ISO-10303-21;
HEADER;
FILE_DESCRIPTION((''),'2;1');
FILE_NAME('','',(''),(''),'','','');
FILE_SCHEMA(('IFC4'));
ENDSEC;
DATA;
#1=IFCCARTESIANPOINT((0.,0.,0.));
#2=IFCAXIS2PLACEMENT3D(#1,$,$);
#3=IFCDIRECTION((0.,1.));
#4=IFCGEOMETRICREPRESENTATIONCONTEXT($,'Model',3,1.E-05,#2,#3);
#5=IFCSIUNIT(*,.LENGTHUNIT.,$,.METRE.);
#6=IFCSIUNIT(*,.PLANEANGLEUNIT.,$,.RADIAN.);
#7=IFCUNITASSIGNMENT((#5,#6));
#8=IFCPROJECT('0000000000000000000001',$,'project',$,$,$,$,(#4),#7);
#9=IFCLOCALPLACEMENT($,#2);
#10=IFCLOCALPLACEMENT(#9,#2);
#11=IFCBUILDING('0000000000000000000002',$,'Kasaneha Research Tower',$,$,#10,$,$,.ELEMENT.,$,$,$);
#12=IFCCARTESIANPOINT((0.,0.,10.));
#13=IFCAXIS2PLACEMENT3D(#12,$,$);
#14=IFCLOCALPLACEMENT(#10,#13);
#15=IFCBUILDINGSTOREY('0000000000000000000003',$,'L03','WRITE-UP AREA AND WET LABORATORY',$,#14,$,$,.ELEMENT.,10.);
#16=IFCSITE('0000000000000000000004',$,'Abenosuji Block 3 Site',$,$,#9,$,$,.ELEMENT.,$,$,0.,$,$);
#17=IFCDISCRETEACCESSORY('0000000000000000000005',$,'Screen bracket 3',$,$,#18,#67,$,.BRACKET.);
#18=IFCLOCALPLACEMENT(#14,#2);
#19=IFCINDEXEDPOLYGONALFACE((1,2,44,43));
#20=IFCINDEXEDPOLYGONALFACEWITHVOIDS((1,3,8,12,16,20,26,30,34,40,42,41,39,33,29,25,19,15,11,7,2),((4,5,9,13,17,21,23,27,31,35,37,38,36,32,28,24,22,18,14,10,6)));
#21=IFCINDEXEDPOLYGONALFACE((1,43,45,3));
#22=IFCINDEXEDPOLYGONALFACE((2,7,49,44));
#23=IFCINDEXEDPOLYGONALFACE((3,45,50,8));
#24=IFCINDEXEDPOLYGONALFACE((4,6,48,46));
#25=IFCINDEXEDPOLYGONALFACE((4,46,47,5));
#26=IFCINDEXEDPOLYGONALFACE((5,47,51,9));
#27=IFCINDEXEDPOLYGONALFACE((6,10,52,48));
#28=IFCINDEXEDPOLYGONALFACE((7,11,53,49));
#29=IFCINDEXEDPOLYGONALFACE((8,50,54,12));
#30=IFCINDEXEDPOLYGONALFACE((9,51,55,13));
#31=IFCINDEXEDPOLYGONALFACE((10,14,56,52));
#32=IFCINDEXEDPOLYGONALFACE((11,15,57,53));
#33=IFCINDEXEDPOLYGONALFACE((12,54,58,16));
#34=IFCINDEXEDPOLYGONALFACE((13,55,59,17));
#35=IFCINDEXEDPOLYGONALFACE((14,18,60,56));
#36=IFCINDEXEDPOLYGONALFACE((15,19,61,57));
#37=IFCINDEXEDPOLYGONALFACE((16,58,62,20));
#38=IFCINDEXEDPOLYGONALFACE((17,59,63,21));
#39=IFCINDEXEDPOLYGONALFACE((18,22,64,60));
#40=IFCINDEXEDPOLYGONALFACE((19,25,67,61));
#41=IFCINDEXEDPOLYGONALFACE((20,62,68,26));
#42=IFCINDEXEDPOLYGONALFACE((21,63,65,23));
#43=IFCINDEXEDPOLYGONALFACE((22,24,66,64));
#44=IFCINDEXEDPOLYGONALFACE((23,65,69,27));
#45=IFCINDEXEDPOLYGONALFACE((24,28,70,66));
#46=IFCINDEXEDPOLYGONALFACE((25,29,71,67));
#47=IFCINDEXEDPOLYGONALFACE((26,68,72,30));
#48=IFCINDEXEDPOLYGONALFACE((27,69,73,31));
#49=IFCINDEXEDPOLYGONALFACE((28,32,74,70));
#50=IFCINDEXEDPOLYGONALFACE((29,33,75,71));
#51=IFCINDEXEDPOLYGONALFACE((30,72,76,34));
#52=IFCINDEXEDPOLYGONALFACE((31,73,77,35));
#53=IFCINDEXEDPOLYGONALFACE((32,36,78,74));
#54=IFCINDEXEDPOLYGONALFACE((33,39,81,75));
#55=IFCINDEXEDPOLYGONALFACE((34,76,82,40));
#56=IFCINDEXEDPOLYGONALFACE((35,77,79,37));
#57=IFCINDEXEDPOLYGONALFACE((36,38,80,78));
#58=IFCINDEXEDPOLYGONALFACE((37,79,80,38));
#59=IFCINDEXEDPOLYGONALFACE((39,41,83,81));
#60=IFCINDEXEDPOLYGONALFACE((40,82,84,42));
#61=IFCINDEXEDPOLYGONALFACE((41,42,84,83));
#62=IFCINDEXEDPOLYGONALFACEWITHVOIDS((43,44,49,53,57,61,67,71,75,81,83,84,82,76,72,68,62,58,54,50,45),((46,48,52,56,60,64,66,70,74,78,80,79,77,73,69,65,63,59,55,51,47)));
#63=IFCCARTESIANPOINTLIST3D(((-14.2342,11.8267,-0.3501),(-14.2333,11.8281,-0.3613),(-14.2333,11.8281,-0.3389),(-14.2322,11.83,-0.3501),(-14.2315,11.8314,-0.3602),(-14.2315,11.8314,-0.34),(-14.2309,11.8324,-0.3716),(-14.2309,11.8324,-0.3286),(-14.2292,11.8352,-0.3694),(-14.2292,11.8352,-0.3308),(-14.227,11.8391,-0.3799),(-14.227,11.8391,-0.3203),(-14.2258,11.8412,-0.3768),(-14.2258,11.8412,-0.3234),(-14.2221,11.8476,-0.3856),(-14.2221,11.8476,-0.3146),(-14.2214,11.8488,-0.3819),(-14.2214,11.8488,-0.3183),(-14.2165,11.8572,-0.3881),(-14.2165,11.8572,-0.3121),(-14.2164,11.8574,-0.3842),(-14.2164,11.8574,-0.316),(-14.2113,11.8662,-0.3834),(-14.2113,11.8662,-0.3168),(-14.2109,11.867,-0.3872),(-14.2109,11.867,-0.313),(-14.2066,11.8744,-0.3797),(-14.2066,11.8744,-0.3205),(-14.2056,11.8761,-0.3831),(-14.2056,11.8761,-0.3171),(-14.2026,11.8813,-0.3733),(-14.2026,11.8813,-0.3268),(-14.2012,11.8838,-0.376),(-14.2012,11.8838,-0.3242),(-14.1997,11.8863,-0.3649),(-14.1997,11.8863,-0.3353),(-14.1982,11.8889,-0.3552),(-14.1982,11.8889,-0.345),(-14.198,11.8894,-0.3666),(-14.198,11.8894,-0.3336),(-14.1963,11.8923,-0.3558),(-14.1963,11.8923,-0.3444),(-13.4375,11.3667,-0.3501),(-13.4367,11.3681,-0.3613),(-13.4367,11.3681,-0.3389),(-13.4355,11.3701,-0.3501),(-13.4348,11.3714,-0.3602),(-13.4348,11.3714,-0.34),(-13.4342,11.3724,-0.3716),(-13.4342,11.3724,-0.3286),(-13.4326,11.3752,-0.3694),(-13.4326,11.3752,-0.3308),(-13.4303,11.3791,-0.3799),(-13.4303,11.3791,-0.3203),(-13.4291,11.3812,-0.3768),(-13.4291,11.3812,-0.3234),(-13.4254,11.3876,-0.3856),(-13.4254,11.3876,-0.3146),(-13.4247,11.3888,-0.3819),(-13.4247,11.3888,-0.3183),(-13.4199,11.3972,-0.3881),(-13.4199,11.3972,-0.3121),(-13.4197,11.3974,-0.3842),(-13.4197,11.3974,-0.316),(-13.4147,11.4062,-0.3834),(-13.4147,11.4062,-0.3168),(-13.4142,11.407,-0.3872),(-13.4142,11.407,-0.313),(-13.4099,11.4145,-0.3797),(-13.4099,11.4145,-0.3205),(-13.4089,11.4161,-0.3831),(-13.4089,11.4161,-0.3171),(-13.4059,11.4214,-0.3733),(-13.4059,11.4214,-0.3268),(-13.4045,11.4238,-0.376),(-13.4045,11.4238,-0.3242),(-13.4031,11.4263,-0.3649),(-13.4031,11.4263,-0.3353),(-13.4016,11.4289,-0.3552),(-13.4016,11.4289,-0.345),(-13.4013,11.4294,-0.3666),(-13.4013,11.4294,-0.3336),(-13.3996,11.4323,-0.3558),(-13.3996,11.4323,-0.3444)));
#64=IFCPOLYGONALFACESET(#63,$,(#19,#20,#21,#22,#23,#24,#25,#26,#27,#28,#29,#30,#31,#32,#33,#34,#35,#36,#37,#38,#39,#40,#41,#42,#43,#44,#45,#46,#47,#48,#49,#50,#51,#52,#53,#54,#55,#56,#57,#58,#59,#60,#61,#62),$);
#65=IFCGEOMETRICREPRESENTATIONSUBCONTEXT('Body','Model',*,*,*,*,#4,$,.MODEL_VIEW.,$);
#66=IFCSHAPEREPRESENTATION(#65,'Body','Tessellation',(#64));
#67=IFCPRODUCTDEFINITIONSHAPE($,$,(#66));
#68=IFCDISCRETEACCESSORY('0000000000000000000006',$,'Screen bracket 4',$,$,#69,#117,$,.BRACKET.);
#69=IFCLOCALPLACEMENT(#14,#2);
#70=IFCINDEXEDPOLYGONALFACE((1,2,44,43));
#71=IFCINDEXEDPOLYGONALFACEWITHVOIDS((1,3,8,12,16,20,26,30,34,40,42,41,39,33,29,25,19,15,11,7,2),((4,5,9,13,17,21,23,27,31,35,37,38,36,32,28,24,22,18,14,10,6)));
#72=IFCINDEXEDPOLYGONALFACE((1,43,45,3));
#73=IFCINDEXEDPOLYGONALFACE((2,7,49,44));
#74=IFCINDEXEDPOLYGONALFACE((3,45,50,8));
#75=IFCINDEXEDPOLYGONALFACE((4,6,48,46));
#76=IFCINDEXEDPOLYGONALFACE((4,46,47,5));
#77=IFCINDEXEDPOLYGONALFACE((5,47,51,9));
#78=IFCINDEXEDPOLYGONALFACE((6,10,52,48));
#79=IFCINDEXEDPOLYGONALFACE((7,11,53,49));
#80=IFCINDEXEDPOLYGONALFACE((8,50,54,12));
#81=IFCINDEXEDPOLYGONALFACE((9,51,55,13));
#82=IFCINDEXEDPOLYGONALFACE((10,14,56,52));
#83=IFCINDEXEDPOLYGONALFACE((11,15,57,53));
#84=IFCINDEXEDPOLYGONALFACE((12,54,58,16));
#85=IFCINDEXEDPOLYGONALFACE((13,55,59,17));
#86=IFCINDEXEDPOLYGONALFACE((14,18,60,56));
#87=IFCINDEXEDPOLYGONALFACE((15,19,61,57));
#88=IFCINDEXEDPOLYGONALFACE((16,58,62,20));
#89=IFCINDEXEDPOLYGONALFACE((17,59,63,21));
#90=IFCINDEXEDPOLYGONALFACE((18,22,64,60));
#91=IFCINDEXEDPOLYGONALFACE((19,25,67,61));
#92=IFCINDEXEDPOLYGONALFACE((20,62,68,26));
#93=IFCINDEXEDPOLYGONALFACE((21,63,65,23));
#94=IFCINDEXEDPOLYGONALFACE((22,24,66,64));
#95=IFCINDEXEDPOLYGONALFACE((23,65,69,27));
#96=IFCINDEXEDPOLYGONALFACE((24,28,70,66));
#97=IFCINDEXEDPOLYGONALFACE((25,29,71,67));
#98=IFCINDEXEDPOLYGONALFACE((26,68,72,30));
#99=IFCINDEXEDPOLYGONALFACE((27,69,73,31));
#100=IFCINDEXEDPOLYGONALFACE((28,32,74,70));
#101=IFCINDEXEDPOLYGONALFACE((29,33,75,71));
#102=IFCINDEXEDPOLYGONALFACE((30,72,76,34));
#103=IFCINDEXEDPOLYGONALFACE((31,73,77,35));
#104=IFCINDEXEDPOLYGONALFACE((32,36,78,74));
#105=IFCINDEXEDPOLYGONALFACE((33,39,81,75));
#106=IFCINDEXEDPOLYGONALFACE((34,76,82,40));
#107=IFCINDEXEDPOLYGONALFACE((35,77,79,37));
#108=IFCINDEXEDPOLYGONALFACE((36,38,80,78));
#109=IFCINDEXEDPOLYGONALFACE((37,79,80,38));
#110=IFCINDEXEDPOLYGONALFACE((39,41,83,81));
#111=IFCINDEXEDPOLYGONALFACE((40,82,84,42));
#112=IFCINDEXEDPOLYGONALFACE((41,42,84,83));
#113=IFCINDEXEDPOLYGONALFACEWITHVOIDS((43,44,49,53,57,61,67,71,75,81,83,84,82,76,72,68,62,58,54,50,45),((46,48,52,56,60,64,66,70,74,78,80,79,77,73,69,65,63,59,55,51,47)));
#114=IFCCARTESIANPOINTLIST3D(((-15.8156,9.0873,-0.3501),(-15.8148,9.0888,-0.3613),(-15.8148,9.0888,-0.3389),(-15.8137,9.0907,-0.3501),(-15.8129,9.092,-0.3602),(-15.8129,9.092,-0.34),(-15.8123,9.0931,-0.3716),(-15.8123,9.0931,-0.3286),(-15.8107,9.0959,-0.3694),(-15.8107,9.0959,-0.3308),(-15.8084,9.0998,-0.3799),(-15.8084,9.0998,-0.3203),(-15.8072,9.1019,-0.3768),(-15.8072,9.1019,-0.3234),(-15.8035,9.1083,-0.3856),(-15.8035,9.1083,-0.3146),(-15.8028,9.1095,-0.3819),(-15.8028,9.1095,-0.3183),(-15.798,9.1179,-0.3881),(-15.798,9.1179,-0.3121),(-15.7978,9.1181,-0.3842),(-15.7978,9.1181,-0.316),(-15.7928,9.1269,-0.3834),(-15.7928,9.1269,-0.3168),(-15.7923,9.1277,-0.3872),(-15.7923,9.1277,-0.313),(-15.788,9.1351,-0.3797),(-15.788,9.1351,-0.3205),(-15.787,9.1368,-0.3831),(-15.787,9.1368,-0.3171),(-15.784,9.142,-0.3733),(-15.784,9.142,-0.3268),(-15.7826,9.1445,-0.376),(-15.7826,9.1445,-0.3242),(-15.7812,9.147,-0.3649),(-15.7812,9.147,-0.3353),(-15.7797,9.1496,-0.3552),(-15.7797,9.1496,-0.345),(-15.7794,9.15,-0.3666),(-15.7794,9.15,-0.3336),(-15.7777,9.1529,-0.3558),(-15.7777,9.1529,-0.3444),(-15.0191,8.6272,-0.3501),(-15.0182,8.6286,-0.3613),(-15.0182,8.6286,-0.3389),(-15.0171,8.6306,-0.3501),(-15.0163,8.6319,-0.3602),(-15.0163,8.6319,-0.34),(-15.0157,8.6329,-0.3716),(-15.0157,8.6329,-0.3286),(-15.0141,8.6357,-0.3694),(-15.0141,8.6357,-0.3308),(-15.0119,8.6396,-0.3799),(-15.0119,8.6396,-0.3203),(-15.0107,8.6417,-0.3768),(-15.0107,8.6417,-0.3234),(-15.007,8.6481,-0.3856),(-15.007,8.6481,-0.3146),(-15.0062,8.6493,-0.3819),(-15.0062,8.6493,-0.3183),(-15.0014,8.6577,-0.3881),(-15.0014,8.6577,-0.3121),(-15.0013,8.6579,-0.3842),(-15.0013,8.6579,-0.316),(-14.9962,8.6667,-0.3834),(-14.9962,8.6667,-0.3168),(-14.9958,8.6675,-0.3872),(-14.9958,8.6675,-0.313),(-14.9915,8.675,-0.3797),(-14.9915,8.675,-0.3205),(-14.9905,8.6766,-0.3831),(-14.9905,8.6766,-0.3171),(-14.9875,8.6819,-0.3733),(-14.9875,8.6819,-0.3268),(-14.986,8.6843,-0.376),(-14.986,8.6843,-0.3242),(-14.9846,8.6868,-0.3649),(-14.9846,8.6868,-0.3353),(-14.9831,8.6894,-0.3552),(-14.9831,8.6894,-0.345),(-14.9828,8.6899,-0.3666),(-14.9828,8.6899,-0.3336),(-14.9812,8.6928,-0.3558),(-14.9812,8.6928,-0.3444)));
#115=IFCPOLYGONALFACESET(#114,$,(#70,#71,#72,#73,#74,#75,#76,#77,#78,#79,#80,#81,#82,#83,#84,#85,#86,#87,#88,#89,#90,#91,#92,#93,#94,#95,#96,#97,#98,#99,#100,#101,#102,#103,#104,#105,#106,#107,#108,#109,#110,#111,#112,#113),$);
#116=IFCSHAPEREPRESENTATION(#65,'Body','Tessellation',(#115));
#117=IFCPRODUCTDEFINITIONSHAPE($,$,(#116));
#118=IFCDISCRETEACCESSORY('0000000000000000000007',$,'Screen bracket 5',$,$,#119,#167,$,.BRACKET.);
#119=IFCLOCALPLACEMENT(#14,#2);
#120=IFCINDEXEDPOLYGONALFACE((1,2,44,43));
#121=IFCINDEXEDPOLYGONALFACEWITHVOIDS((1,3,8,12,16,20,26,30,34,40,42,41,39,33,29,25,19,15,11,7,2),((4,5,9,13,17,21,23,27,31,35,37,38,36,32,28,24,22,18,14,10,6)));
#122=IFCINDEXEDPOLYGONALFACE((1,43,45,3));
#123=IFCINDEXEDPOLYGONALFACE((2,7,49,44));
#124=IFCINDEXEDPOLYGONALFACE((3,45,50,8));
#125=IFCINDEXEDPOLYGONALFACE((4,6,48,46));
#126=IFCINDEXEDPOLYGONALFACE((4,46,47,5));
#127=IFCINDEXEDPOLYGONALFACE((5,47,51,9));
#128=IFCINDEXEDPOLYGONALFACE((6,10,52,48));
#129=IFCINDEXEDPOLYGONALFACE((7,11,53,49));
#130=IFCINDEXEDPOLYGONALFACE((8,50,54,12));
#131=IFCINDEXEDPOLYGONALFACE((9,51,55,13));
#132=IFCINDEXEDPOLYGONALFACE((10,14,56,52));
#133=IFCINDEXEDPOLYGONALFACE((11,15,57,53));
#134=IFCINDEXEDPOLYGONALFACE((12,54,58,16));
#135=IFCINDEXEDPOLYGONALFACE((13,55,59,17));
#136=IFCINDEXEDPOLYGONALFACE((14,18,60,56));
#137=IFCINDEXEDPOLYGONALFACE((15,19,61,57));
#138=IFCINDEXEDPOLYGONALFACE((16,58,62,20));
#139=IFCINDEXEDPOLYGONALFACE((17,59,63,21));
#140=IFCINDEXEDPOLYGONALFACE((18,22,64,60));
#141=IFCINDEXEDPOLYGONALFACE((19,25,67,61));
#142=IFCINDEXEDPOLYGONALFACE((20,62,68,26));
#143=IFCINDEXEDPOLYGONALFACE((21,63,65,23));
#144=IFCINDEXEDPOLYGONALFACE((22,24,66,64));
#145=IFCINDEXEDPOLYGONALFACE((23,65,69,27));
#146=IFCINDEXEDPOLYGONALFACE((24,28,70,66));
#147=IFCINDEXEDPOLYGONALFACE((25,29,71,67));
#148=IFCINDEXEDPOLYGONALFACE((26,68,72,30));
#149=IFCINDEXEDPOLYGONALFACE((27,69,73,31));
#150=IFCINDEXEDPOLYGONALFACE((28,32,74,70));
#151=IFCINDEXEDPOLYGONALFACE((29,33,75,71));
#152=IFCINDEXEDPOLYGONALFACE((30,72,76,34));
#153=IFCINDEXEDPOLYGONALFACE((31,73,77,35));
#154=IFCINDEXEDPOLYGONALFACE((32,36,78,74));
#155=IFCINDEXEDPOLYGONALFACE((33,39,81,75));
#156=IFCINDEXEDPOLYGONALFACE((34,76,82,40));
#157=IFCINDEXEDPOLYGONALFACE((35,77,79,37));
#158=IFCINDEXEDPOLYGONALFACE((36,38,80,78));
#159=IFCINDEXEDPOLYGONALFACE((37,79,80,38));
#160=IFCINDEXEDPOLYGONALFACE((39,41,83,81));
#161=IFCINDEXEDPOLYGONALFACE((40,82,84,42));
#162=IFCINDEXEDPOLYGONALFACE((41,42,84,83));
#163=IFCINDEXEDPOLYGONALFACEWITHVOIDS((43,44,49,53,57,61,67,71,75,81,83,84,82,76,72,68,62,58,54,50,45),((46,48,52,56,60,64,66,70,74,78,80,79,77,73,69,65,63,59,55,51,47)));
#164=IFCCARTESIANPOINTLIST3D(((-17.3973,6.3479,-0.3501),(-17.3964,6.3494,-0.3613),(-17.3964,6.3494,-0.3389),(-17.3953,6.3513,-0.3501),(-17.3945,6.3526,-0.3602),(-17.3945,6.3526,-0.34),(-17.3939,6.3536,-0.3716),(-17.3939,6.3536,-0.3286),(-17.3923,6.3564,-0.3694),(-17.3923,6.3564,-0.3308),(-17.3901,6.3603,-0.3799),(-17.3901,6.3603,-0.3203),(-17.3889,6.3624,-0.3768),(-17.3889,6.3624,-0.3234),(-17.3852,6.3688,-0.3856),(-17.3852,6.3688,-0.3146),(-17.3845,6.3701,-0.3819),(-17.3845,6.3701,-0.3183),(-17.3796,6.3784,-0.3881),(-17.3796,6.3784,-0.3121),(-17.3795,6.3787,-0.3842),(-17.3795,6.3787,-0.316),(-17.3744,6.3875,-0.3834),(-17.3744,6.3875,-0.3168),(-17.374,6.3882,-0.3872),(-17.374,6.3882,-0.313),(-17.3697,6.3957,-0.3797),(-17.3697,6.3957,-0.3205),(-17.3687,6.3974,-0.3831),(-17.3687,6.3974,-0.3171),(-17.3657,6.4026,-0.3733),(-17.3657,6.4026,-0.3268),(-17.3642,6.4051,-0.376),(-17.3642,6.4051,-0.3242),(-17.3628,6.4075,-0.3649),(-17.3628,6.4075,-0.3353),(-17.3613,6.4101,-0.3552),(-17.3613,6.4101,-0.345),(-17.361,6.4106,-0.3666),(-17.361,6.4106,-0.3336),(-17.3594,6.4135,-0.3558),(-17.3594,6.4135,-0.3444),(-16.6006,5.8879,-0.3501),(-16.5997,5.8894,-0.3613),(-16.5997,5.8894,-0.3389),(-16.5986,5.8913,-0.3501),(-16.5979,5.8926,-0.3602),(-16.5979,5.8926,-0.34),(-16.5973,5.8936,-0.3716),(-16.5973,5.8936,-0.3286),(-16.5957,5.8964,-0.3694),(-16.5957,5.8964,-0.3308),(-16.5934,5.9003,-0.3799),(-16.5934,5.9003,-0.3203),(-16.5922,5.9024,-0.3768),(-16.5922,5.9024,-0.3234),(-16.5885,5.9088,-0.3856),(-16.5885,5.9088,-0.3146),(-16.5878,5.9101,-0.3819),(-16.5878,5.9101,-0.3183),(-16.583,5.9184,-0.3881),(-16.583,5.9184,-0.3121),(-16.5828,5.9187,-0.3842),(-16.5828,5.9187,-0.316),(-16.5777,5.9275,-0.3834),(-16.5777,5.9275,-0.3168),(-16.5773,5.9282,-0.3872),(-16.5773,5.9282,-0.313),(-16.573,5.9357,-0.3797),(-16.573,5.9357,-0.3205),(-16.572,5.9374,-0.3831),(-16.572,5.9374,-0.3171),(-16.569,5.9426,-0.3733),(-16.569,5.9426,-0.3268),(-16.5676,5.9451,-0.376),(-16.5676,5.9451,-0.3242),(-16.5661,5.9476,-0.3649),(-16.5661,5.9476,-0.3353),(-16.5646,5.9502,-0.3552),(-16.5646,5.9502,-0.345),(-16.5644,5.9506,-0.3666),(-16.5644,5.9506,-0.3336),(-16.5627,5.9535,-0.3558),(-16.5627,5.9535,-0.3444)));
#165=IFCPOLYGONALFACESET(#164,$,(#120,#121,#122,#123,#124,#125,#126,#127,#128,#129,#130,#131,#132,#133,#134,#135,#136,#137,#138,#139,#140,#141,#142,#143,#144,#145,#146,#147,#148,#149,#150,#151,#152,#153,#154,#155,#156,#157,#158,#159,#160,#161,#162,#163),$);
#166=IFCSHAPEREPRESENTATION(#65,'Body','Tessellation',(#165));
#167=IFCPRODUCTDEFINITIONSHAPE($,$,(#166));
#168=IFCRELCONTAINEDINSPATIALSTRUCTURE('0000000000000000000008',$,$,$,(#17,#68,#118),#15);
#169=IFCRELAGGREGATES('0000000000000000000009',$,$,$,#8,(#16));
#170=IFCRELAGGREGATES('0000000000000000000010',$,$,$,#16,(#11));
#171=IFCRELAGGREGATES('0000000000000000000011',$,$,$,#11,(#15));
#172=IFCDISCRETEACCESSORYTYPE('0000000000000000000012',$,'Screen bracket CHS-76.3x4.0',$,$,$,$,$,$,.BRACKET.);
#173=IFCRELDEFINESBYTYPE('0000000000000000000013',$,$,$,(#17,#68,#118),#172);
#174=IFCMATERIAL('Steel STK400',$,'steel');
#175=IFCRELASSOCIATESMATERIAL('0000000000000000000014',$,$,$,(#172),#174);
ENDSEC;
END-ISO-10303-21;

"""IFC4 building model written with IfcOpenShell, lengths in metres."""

from ifc_helpers import new_model, si_unit, direction, frame, origin, origin_2d, place, context, subcontext, project, spatial, hollow_circle, extrude, material, material_profile, profile_set, type_object, element, save


model = new_model("IFC4")

# Units and contexts
model_context = context("Model", 3, precision=1e-05, world=origin(), true_north=direction((0.0, 1.0)))
body_context = subcontext(model_context, "Body", "Model", "MODEL_VIEW")
ifc_project = project(units=[si_unit("LENGTHUNIT", "METRE"), si_unit("PLANEANGLEUNIT", "RADIAN")], contexts=[model_context])

# Site, building, storey
site_placement = place(None, origin())
site = spatial("IfcSite", under=ifc_project, at=site_placement, Name="Abenosuji Block 3 Site", CompositionType="ELEMENT", RefElevation=0.0)
building_placement = place(site_placement, origin())
building = spatial("IfcBuilding", under=site, at=building_placement, Name="Kasaneha Research Tower", CompositionType="ELEMENT")
storey_placement = place(building_placement, frame((0.0, 0.0, 10.0)))
storey = spatial("IfcBuildingStorey", under=building, at=storey_placement, Name="L03", Description="WRITE-UP AREA AND WET LABORATORY", CompositionType="ELEMENT", Elevation=10.0)

# Discrete accessories
ifc_material_1 = material(Name="Steel STK400", Category="steel")
ifc_material_profile_1 = material_profile(ifc_material_1, hollow_circle(Radius=0.0381, WallThickness=0.0039, at=origin_2d()), Name="CHS-76.3x4.0")
ifc_profile_set_1 = profile_set([ifc_material_profile_1], Name="Steel STK400")
discrete_accessory_type = type_object("IfcDiscreteAccessoryType", Name="Screen bracket CHS-76.3x4.0", PredefinedType="BRACKET", material=ifc_profile_set_1)
for number, where, z_axis, x_axis, name in (
    (1, (-13.4185, 11.3997, -0.3501), (-0.866013, 0.500021, 0.0), (-0.500021, -0.866013, 0.0), "Screen bracket 3"),
    (2, (-15.0, 8.6602, -0.3501), (-0.865898, 0.50022, 0.0), (-0.50022, -0.865898, 0.0), "Screen bracket 4"),
    (3, (-16.5815, 5.9209, -0.3501), (-0.866013, 0.500021, 0.0), (-0.500021, -0.866013, 0.0), "Screen bracket 5"),
):
    element("IfcDiscreteAccessory", number, at=place(storey_placement, frame(where, z_axis=z_axis, x_axis=x_axis)), inside=storey, type_object=discrete_accessory_type, Name=name, PredefinedType="BRACKET", context=body_context, shape_type="SweptSolid", body=[
        extrude(hollow_circle(Radius=0.0381, WallThickness=0.0039, at=origin_2d()), origin(), (0.0, 0.0, 1.0), 0.9199),
    ])

save(model, "model.ifc")
